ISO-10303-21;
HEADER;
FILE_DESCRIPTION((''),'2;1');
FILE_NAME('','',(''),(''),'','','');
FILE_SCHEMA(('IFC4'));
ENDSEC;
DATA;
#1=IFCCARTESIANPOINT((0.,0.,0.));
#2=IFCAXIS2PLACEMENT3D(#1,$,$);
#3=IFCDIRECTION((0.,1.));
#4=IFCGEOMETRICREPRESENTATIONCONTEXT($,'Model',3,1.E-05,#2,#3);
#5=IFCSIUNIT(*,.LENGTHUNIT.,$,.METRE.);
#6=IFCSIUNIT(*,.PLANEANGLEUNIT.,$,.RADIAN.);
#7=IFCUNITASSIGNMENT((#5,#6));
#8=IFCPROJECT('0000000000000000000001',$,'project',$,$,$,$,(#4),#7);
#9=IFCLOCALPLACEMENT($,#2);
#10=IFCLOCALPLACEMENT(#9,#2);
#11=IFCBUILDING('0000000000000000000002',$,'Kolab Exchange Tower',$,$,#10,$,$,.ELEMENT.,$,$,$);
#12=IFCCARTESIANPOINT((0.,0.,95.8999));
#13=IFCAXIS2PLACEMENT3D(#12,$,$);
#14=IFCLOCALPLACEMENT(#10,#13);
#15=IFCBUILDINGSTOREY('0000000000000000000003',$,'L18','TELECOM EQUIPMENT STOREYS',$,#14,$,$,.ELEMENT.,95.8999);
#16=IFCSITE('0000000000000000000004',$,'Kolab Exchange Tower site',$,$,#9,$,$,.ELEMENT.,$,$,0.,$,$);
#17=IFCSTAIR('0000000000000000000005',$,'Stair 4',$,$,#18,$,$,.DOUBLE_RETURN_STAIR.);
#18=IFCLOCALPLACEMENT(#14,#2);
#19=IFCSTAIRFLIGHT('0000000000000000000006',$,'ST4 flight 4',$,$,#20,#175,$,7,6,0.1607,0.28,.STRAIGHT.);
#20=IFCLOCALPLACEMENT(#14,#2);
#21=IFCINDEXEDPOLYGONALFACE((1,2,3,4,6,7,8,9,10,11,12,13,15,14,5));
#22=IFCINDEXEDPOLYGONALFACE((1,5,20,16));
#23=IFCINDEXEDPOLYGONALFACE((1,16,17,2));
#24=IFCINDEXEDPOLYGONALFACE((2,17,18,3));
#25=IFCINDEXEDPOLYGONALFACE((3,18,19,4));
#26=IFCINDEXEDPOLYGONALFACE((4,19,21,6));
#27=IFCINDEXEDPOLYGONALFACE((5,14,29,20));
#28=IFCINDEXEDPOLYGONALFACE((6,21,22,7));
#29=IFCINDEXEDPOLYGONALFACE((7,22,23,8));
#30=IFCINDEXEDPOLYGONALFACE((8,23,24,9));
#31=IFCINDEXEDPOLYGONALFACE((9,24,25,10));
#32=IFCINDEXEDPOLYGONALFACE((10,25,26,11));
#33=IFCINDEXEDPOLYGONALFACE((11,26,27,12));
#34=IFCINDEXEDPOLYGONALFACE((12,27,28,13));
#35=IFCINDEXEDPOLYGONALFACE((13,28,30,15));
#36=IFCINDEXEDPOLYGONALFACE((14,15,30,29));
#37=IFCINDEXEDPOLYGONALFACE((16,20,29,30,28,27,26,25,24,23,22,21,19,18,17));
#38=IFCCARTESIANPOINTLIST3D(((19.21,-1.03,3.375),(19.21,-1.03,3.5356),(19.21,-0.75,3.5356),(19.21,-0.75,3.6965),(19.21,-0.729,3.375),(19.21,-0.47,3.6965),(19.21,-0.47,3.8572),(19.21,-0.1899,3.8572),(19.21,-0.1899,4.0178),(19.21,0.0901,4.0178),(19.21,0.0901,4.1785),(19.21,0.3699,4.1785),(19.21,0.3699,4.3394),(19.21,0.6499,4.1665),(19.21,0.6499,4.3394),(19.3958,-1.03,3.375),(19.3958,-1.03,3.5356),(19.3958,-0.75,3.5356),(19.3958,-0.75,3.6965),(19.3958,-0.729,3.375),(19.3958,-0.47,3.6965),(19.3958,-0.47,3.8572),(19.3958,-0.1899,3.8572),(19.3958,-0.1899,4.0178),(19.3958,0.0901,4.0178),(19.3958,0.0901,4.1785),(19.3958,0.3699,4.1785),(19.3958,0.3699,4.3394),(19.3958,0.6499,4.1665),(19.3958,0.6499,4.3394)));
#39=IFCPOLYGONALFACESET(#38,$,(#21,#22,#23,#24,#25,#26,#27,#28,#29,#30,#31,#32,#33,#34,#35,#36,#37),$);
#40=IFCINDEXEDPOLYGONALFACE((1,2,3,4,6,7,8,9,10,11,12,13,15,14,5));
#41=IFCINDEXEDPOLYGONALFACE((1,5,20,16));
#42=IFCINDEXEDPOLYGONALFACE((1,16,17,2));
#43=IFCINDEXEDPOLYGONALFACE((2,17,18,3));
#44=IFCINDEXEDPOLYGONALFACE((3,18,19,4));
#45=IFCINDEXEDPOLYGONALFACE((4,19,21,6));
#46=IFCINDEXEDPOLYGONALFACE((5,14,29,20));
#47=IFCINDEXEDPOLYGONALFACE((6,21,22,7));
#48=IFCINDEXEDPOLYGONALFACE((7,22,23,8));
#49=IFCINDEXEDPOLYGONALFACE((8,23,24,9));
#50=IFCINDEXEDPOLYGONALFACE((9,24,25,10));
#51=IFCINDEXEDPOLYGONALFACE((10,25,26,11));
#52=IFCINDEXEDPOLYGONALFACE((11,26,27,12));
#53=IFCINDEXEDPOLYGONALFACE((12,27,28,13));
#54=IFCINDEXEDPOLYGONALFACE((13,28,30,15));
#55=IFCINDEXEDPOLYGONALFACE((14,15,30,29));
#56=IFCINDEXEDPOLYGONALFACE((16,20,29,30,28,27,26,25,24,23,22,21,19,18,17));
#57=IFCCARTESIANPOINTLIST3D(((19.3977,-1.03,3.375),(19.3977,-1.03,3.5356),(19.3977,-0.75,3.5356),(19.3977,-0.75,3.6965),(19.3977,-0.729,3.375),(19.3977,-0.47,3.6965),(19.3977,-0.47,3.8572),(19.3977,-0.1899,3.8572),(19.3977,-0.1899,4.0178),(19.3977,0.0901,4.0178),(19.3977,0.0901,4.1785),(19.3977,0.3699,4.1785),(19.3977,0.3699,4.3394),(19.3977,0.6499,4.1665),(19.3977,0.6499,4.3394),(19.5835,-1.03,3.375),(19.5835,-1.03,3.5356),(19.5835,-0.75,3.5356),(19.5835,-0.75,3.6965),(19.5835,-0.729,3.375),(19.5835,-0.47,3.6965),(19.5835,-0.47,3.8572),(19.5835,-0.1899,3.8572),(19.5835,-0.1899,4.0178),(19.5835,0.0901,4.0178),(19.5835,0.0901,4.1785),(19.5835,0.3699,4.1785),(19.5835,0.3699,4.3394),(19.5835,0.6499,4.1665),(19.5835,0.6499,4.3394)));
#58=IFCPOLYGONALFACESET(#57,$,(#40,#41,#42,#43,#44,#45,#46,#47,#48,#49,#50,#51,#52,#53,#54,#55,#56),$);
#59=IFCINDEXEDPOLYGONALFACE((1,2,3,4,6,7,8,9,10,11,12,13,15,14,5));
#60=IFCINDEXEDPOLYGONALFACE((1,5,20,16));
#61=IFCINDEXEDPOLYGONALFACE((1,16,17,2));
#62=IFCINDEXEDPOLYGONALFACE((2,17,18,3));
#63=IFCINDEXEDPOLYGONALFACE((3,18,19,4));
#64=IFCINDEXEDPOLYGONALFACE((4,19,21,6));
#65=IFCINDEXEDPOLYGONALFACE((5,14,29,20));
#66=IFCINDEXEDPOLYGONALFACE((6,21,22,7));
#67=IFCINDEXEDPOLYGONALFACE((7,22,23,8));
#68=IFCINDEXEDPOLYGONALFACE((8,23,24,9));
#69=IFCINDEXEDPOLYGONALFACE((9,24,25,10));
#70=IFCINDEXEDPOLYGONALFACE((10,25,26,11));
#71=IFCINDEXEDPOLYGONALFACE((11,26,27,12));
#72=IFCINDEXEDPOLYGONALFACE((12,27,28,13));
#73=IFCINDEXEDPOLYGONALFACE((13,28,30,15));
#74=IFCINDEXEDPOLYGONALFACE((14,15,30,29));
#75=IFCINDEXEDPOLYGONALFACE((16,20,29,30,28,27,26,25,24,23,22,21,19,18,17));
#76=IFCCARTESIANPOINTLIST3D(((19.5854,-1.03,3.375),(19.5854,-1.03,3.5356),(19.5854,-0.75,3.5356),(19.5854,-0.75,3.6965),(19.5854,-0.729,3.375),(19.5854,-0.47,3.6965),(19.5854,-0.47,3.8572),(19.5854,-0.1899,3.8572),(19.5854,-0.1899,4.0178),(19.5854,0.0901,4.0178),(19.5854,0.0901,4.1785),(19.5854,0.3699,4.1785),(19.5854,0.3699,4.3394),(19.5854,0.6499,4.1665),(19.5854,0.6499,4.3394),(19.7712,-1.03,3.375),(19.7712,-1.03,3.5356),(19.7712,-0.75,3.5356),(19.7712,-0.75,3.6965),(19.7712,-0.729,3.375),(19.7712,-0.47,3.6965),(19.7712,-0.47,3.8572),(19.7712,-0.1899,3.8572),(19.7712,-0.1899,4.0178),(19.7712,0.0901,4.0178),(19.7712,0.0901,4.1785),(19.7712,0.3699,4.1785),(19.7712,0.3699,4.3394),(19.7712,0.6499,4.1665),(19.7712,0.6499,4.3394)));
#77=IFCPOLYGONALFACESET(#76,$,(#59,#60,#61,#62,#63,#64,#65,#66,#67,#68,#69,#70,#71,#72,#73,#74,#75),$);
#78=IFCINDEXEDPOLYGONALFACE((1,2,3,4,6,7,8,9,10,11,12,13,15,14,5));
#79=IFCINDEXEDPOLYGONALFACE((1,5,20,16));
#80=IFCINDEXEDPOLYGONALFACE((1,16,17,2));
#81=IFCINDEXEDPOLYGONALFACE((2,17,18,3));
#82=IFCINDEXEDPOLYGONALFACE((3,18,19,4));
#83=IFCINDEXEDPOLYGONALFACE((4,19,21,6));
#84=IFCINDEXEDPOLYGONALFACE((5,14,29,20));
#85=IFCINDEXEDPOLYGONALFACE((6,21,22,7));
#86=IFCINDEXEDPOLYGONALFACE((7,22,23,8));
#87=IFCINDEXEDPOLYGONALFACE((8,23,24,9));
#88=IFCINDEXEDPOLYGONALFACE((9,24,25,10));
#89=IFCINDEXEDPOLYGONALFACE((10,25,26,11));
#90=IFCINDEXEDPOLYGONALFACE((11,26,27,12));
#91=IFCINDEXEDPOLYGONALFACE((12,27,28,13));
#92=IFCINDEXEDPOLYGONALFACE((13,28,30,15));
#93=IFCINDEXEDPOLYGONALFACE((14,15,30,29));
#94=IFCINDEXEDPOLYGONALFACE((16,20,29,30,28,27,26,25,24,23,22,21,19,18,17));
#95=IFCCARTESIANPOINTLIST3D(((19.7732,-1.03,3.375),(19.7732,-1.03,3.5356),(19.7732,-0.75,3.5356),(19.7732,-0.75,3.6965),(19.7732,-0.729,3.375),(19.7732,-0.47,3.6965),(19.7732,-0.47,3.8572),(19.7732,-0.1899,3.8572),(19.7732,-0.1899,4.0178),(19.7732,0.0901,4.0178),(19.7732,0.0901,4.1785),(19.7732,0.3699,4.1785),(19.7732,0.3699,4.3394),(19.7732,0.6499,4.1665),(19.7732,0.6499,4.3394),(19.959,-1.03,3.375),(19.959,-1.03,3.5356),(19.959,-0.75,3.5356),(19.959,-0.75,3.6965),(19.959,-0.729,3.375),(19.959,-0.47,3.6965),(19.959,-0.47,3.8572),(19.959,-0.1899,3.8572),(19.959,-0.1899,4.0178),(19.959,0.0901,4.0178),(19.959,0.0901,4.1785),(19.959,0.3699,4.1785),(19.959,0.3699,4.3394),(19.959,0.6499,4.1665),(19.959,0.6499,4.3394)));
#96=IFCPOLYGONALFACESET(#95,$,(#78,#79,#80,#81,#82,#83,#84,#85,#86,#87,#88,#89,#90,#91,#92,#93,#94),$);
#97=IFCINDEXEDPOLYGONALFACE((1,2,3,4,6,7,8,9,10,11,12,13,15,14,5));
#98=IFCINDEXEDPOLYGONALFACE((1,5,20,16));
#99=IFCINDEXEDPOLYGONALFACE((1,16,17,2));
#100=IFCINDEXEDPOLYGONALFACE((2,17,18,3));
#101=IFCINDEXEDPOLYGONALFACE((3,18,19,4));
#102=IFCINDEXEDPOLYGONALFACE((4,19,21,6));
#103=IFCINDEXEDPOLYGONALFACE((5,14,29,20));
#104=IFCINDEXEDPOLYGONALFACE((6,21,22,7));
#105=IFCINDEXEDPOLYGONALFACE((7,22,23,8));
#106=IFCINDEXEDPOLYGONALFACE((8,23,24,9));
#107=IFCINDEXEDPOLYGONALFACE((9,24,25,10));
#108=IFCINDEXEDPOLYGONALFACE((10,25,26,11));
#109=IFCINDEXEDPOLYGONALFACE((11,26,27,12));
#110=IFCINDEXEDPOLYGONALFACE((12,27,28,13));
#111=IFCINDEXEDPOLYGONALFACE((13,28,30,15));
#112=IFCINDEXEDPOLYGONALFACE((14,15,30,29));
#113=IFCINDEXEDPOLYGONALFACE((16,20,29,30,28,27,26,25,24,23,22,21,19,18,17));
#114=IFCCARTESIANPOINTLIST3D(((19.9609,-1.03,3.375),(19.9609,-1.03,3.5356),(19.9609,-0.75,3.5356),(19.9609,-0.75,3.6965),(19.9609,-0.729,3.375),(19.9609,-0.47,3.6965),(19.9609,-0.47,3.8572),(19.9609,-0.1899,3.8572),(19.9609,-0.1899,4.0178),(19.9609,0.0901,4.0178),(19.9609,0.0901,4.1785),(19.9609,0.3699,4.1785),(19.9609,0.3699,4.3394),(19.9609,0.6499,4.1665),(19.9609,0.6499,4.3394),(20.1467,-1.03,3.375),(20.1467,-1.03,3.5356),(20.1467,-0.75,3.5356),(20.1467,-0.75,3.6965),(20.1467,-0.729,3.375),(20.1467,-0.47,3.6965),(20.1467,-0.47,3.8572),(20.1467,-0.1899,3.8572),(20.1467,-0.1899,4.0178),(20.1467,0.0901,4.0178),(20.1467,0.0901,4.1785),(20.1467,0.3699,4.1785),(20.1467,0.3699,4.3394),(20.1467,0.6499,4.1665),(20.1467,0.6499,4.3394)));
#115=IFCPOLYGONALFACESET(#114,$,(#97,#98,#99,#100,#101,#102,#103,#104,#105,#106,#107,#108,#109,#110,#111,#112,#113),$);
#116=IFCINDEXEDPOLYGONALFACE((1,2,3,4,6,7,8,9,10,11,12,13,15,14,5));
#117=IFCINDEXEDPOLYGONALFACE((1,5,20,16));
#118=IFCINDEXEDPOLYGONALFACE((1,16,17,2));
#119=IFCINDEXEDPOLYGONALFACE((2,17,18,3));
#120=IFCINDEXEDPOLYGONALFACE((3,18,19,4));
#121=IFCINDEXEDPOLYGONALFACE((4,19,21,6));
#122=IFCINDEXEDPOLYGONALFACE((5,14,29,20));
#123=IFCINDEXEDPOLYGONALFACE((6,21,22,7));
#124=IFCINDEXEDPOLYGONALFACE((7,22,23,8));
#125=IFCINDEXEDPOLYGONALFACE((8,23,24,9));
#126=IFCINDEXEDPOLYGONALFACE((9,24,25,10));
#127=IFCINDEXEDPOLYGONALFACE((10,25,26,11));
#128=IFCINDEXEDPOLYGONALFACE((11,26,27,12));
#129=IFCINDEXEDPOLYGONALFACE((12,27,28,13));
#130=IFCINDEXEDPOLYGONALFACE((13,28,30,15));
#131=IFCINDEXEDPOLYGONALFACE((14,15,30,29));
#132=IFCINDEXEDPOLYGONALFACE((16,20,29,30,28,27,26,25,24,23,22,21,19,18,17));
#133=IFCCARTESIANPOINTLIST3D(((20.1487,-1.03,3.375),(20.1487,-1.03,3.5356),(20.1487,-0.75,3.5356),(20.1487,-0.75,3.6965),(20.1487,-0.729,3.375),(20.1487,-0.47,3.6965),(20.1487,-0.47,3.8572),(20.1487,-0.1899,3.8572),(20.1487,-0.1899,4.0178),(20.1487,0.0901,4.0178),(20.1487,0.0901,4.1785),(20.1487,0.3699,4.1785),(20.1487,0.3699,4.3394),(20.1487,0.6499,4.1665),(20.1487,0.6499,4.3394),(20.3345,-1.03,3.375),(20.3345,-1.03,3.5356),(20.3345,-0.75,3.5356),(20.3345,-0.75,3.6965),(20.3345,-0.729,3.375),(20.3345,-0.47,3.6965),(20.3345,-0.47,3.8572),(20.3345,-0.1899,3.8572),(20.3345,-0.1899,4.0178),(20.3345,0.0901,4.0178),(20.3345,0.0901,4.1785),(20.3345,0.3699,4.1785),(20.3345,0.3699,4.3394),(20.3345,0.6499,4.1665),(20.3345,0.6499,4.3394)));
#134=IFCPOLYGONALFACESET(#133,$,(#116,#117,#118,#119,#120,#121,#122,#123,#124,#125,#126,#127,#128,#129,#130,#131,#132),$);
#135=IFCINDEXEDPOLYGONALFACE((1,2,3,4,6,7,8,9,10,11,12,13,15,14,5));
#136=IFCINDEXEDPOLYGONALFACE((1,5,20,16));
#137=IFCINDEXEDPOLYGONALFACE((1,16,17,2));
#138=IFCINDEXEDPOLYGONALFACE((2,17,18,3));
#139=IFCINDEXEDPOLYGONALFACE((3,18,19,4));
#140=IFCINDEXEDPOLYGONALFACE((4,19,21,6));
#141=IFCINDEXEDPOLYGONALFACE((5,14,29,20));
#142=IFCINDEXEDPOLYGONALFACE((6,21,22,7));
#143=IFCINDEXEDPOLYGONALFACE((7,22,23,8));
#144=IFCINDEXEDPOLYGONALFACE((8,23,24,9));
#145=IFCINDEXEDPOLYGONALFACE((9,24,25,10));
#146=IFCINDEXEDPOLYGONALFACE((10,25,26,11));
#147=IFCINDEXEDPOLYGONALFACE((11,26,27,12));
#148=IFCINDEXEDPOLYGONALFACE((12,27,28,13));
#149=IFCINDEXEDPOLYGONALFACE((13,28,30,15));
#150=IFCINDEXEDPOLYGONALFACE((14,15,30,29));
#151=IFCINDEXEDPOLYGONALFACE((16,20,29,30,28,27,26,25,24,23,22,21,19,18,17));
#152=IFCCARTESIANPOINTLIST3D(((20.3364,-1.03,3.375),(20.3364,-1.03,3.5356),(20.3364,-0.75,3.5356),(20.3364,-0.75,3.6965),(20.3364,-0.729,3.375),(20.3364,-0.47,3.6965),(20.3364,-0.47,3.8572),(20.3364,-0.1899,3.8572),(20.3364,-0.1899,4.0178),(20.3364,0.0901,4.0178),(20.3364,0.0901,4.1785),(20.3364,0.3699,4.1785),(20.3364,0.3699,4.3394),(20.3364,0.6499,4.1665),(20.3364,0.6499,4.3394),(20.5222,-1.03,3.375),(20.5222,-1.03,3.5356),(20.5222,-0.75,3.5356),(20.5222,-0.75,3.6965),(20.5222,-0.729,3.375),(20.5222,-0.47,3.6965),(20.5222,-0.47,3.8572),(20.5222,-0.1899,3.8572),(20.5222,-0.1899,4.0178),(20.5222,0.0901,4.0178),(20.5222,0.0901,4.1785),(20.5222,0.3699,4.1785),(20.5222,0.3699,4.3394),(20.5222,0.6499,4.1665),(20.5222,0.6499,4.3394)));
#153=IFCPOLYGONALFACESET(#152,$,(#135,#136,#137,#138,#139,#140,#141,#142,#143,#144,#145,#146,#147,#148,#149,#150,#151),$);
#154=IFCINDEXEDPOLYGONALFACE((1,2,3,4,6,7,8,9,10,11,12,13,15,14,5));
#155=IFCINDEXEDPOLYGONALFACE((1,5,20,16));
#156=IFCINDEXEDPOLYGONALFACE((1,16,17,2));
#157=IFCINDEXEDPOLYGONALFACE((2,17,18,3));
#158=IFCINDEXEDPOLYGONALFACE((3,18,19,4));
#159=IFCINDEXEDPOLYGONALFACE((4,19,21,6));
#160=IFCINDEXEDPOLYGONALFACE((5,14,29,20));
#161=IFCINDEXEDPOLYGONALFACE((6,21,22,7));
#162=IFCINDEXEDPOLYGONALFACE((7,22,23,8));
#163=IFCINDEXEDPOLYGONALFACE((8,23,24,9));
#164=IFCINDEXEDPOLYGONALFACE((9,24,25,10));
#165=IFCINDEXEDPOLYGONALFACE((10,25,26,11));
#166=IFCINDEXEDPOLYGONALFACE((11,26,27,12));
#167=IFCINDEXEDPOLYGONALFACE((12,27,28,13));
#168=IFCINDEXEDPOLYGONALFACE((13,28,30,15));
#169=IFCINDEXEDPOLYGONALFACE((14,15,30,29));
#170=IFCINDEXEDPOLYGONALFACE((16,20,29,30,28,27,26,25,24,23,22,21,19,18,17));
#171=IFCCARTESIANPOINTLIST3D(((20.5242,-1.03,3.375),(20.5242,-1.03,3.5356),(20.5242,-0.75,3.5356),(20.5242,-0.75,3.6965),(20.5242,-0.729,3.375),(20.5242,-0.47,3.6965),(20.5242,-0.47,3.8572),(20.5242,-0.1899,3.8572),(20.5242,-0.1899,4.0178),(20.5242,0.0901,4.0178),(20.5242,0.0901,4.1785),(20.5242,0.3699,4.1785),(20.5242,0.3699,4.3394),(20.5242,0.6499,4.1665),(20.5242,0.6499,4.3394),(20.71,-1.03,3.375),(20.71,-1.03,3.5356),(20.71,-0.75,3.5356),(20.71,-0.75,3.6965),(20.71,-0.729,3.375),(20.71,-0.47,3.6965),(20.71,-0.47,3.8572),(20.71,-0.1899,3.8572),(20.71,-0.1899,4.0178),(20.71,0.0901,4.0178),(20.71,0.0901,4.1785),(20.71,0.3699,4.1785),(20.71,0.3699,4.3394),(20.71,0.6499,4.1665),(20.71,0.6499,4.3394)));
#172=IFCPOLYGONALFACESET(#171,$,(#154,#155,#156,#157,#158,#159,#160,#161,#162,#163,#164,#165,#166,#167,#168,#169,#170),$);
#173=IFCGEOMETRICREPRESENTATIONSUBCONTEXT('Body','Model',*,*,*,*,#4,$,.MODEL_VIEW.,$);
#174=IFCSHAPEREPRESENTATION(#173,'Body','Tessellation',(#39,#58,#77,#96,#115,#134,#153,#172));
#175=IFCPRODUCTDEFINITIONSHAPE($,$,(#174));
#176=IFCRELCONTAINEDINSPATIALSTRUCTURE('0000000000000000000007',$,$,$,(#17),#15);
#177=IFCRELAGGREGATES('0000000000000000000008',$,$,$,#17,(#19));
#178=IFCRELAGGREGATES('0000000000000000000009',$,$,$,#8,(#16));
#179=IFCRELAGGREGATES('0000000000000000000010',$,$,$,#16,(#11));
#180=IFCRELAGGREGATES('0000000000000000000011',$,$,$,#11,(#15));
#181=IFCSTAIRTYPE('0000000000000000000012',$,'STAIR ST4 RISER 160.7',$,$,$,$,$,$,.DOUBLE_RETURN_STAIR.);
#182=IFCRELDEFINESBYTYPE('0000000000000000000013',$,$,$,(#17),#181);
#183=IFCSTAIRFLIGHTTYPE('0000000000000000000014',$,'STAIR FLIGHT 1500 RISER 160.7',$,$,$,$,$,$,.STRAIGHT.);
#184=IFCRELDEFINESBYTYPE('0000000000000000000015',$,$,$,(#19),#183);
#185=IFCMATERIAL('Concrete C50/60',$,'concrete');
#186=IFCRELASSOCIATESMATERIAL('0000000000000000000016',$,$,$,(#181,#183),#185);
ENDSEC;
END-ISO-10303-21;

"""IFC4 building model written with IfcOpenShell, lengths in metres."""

from ifc_helpers import new_model, si_unit, direction, frame, origin, place, context, subcontext, project, spatial, polyline, outline, extrude, material, type_object, element, aggregate, save


model = new_model("IFC4")

# Units and contexts
model_context = context("Model", 3, precision=1e-05, world=origin(), true_north=direction((0.0, 1.0)))
body_context = subcontext(model_context, "Body", "Model", "MODEL_VIEW")
ifc_project = project(units=[si_unit("LENGTHUNIT", "METRE"), si_unit("PLANEANGLEUNIT", "RADIAN")], contexts=[model_context])

# Site, building, storey
site_placement = place(None, origin())
site = spatial("IfcSite", under=ifc_project, at=site_placement, Name="Kolab Exchange Tower site", CompositionType="ELEMENT", RefElevation=0.0)
building_placement = place(site_placement, origin())
building = spatial("IfcBuilding", under=site, at=building_placement, Name="Kolab Exchange Tower", CompositionType="ELEMENT")
storey_placement = place(building_placement, frame((0.0, 0.0, 95.8999)))
storey = spatial("IfcBuildingStorey", under=building, at=storey_placement, Name="L18", Description="TELECOM EQUIPMENT STOREYS", CompositionType="ELEMENT", Elevation=95.8999)

# Shared definitions
ifc_material_1 = material(Name="Concrete C50/60", Category="concrete")

# Stair, stair flight
stair_type = type_object("IfcStairType", Name="STAIR ST4 RISER 160.7", PredefinedType="DOUBLE_RETURN_STAIR", material=ifc_material_1)
stair_placement = place(storey_placement, origin())
stair = element("IfcStair", 1, at=stair_placement, inside=storey, type_object=stair_type, Name="Stair 4", PredefinedType="DOUBLE_RETURN_STAIR")
stair_flight_type = type_object("IfcStairFlightType", Name="STAIR FLIGHT 1500 RISER 160.7", PredefinedType="STRAIGHT", material=ifc_material_1)
stair_flight_1_placement = place(storey_placement, frame((19.96, -1.03, 3.375), z_axis=(0.0, 0.0, 1.0), x_axis=(0.0, 1.0, 0.0)))
stair_flight_1 = element("IfcStairFlight", 2, at=stair_flight_1_placement, type_object=stair_flight_type, Name="ST4 flight 4", NumberOfRisers=7, NumberOfTreads=6, PredefinedType="STRAIGHT", RiserHeight=0.1607, TreadLength=0.28, context=body_context, shape_type="SweptSolid", body=[
    extrude(outline(polyline([(0.0, 0.0), (0.0, 0.1606), (0.28, 0.1606), (0.28, 0.3215), (0.5601, 0.3215), (0.5601, 0.4822), (0.8401, 0.4822), (0.8401, 0.6428), (1.1201, 0.6428), (1.1201, 0.8035), (1.3999, 0.8035), (1.3999, 0.9644), (1.6799, 0.9644), (1.6799, 1.125), (1.6799, 0.7915), (0.301, 0.0), (0.0, 0.0)])), frame((0.0, 0.75, 0.0), z_axis=(0.0, -1.0, 0.0), x_axis=(1.0, 0.0, 0.0)), (0.0, 0.0, 1.0), 0.1858),
    extrude(outline(polyline([(0.0, 0.0), (0.0, 0.1606), (0.28, 0.1606), (0.28, 0.3215), (0.5601, 0.3215), (0.5601, 0.4822), (0.8401, 0.4822), (0.8401, 0.6428), (1.1201, 0.6428), (1.1201, 0.8035), (1.3999, 0.8035), (1.3999, 0.9644), (1.6799, 0.9644), (1.6799, 1.125), (1.6799, 0.7915), (0.301, 0.0), (0.0, 0.0)])), frame((0.0, 0.5623, 0.0), z_axis=(0.0, -1.0, 0.0), x_axis=(1.0, 0.0, 0.0)), (0.0, 0.0, 1.0), 0.1858),
    extrude(outline(polyline([(0.0, 0.0), (0.0, 0.1606), (0.28, 0.1606), (0.28, 0.3215), (0.5601, 0.3215), (0.5601, 0.4822), (0.8401, 0.4822), (0.8401, 0.6428), (1.1201, 0.6428), (1.1201, 0.8035), (1.3999, 0.8035), (1.3999, 0.9644), (1.6799, 0.9644), (1.6799, 1.125), (1.6799, 0.7915), (0.301, 0.0), (0.0, 0.0)])), frame((0.0, 0.3745, 0.0), z_axis=(0.0, -1.0, 0.0), x_axis=(1.0, 0.0, 0.0)), (0.0, 0.0, 1.0), 0.1858),
    extrude(outline(polyline([(0.0, 0.0), (0.0, 0.1606), (0.28, 0.1606), (0.28, 0.3215), (0.5601, 0.3215), (0.5601, 0.4822), (0.8401, 0.4822), (0.8401, 0.6428), (1.1201, 0.6428), (1.1201, 0.8035), (1.3999, 0.8035), (1.3999, 0.9644), (1.6799, 0.9644), (1.6799, 1.125), (1.6799, 0.7915), (0.301, 0.0), (0.0, 0.0)])), frame((0.0, 0.1868, 0.0), z_axis=(0.0, -1.0, 0.0), x_axis=(1.0, 0.0, 0.0)), (0.0, 0.0, 1.0), 0.1858),
    extrude(outline(polyline([(0.0, 0.0), (0.0, 0.1606), (0.28, 0.1606), (0.28, 0.3215), (0.5601, 0.3215), (0.5601, 0.4822), (0.8401, 0.4822), (0.8401, 0.6428), (1.1201, 0.6428), (1.1201, 0.8035), (1.3999, 0.8035), (1.3999, 0.9644), (1.6799, 0.9644), (1.6799, 1.125), (1.6799, 0.7915), (0.301, 0.0), (0.0, 0.0)])), frame((0.0, -0.001, 0.0), z_axis=(0.0, -1.0, 0.0), x_axis=(1.0, 0.0, 0.0)), (0.0, 0.0, 1.0), 0.1858),
    extrude(outline(polyline([(0.0, 0.0), (0.0, 0.1606), (0.28, 0.1606), (0.28, 0.3215), (0.5601, 0.3215), (0.5601, 0.4822), (0.8401, 0.4822), (0.8401, 0.6428), (1.1201, 0.6428), (1.1201, 0.8035), (1.3999, 0.8035), (1.3999, 0.9644), (1.6799, 0.9644), (1.6799, 1.125), (1.6799, 0.7915), (0.301, 0.0), (0.0, 0.0)])), frame((0.0, -0.1887, 0.0), z_axis=(0.0, -1.0, 0.0), x_axis=(1.0, 0.0, 0.0)), (0.0, 0.0, 1.0), 0.1858),
    extrude(outline(polyline([(0.0, 0.0), (0.0, 0.1606), (0.28, 0.1606), (0.28, 0.3215), (0.5601, 0.3215), (0.5601, 0.4822), (0.8401, 0.4822), (0.8401, 0.6428), (1.1201, 0.6428), (1.1201, 0.8035), (1.3999, 0.8035), (1.3999, 0.9644), (1.6799, 0.9644), (1.6799, 1.125), (1.6799, 0.7915), (0.301, 0.0), (0.0, 0.0)])), frame((0.0, -0.3765, 0.0), z_axis=(0.0, -1.0, 0.0), x_axis=(1.0, 0.0, 0.0)), (0.0, 0.0, 1.0), 0.1858),
    extrude(outline(polyline([(0.0, 0.0), (0.0, 0.1606), (0.28, 0.1606), (0.28, 0.3215), (0.5601, 0.3215), (0.5601, 0.4822), (0.8401, 0.4822), (0.8401, 0.6428), (1.1201, 0.6428), (1.1201, 0.8035), (1.3999, 0.8035), (1.3999, 0.9644), (1.6799, 0.9644), (1.6799, 1.125), (1.6799, 0.7915), (0.301, 0.0), (0.0, 0.0)])), frame((0.0, -0.5642, 0.0), z_axis=(0.0, -1.0, 0.0), x_axis=(1.0, 0.0, 0.0)), (0.0, 0.0, 1.0), 0.1858),
])
aggregate(stair, [stair_flight_1])

save(model, "model.ifc")
